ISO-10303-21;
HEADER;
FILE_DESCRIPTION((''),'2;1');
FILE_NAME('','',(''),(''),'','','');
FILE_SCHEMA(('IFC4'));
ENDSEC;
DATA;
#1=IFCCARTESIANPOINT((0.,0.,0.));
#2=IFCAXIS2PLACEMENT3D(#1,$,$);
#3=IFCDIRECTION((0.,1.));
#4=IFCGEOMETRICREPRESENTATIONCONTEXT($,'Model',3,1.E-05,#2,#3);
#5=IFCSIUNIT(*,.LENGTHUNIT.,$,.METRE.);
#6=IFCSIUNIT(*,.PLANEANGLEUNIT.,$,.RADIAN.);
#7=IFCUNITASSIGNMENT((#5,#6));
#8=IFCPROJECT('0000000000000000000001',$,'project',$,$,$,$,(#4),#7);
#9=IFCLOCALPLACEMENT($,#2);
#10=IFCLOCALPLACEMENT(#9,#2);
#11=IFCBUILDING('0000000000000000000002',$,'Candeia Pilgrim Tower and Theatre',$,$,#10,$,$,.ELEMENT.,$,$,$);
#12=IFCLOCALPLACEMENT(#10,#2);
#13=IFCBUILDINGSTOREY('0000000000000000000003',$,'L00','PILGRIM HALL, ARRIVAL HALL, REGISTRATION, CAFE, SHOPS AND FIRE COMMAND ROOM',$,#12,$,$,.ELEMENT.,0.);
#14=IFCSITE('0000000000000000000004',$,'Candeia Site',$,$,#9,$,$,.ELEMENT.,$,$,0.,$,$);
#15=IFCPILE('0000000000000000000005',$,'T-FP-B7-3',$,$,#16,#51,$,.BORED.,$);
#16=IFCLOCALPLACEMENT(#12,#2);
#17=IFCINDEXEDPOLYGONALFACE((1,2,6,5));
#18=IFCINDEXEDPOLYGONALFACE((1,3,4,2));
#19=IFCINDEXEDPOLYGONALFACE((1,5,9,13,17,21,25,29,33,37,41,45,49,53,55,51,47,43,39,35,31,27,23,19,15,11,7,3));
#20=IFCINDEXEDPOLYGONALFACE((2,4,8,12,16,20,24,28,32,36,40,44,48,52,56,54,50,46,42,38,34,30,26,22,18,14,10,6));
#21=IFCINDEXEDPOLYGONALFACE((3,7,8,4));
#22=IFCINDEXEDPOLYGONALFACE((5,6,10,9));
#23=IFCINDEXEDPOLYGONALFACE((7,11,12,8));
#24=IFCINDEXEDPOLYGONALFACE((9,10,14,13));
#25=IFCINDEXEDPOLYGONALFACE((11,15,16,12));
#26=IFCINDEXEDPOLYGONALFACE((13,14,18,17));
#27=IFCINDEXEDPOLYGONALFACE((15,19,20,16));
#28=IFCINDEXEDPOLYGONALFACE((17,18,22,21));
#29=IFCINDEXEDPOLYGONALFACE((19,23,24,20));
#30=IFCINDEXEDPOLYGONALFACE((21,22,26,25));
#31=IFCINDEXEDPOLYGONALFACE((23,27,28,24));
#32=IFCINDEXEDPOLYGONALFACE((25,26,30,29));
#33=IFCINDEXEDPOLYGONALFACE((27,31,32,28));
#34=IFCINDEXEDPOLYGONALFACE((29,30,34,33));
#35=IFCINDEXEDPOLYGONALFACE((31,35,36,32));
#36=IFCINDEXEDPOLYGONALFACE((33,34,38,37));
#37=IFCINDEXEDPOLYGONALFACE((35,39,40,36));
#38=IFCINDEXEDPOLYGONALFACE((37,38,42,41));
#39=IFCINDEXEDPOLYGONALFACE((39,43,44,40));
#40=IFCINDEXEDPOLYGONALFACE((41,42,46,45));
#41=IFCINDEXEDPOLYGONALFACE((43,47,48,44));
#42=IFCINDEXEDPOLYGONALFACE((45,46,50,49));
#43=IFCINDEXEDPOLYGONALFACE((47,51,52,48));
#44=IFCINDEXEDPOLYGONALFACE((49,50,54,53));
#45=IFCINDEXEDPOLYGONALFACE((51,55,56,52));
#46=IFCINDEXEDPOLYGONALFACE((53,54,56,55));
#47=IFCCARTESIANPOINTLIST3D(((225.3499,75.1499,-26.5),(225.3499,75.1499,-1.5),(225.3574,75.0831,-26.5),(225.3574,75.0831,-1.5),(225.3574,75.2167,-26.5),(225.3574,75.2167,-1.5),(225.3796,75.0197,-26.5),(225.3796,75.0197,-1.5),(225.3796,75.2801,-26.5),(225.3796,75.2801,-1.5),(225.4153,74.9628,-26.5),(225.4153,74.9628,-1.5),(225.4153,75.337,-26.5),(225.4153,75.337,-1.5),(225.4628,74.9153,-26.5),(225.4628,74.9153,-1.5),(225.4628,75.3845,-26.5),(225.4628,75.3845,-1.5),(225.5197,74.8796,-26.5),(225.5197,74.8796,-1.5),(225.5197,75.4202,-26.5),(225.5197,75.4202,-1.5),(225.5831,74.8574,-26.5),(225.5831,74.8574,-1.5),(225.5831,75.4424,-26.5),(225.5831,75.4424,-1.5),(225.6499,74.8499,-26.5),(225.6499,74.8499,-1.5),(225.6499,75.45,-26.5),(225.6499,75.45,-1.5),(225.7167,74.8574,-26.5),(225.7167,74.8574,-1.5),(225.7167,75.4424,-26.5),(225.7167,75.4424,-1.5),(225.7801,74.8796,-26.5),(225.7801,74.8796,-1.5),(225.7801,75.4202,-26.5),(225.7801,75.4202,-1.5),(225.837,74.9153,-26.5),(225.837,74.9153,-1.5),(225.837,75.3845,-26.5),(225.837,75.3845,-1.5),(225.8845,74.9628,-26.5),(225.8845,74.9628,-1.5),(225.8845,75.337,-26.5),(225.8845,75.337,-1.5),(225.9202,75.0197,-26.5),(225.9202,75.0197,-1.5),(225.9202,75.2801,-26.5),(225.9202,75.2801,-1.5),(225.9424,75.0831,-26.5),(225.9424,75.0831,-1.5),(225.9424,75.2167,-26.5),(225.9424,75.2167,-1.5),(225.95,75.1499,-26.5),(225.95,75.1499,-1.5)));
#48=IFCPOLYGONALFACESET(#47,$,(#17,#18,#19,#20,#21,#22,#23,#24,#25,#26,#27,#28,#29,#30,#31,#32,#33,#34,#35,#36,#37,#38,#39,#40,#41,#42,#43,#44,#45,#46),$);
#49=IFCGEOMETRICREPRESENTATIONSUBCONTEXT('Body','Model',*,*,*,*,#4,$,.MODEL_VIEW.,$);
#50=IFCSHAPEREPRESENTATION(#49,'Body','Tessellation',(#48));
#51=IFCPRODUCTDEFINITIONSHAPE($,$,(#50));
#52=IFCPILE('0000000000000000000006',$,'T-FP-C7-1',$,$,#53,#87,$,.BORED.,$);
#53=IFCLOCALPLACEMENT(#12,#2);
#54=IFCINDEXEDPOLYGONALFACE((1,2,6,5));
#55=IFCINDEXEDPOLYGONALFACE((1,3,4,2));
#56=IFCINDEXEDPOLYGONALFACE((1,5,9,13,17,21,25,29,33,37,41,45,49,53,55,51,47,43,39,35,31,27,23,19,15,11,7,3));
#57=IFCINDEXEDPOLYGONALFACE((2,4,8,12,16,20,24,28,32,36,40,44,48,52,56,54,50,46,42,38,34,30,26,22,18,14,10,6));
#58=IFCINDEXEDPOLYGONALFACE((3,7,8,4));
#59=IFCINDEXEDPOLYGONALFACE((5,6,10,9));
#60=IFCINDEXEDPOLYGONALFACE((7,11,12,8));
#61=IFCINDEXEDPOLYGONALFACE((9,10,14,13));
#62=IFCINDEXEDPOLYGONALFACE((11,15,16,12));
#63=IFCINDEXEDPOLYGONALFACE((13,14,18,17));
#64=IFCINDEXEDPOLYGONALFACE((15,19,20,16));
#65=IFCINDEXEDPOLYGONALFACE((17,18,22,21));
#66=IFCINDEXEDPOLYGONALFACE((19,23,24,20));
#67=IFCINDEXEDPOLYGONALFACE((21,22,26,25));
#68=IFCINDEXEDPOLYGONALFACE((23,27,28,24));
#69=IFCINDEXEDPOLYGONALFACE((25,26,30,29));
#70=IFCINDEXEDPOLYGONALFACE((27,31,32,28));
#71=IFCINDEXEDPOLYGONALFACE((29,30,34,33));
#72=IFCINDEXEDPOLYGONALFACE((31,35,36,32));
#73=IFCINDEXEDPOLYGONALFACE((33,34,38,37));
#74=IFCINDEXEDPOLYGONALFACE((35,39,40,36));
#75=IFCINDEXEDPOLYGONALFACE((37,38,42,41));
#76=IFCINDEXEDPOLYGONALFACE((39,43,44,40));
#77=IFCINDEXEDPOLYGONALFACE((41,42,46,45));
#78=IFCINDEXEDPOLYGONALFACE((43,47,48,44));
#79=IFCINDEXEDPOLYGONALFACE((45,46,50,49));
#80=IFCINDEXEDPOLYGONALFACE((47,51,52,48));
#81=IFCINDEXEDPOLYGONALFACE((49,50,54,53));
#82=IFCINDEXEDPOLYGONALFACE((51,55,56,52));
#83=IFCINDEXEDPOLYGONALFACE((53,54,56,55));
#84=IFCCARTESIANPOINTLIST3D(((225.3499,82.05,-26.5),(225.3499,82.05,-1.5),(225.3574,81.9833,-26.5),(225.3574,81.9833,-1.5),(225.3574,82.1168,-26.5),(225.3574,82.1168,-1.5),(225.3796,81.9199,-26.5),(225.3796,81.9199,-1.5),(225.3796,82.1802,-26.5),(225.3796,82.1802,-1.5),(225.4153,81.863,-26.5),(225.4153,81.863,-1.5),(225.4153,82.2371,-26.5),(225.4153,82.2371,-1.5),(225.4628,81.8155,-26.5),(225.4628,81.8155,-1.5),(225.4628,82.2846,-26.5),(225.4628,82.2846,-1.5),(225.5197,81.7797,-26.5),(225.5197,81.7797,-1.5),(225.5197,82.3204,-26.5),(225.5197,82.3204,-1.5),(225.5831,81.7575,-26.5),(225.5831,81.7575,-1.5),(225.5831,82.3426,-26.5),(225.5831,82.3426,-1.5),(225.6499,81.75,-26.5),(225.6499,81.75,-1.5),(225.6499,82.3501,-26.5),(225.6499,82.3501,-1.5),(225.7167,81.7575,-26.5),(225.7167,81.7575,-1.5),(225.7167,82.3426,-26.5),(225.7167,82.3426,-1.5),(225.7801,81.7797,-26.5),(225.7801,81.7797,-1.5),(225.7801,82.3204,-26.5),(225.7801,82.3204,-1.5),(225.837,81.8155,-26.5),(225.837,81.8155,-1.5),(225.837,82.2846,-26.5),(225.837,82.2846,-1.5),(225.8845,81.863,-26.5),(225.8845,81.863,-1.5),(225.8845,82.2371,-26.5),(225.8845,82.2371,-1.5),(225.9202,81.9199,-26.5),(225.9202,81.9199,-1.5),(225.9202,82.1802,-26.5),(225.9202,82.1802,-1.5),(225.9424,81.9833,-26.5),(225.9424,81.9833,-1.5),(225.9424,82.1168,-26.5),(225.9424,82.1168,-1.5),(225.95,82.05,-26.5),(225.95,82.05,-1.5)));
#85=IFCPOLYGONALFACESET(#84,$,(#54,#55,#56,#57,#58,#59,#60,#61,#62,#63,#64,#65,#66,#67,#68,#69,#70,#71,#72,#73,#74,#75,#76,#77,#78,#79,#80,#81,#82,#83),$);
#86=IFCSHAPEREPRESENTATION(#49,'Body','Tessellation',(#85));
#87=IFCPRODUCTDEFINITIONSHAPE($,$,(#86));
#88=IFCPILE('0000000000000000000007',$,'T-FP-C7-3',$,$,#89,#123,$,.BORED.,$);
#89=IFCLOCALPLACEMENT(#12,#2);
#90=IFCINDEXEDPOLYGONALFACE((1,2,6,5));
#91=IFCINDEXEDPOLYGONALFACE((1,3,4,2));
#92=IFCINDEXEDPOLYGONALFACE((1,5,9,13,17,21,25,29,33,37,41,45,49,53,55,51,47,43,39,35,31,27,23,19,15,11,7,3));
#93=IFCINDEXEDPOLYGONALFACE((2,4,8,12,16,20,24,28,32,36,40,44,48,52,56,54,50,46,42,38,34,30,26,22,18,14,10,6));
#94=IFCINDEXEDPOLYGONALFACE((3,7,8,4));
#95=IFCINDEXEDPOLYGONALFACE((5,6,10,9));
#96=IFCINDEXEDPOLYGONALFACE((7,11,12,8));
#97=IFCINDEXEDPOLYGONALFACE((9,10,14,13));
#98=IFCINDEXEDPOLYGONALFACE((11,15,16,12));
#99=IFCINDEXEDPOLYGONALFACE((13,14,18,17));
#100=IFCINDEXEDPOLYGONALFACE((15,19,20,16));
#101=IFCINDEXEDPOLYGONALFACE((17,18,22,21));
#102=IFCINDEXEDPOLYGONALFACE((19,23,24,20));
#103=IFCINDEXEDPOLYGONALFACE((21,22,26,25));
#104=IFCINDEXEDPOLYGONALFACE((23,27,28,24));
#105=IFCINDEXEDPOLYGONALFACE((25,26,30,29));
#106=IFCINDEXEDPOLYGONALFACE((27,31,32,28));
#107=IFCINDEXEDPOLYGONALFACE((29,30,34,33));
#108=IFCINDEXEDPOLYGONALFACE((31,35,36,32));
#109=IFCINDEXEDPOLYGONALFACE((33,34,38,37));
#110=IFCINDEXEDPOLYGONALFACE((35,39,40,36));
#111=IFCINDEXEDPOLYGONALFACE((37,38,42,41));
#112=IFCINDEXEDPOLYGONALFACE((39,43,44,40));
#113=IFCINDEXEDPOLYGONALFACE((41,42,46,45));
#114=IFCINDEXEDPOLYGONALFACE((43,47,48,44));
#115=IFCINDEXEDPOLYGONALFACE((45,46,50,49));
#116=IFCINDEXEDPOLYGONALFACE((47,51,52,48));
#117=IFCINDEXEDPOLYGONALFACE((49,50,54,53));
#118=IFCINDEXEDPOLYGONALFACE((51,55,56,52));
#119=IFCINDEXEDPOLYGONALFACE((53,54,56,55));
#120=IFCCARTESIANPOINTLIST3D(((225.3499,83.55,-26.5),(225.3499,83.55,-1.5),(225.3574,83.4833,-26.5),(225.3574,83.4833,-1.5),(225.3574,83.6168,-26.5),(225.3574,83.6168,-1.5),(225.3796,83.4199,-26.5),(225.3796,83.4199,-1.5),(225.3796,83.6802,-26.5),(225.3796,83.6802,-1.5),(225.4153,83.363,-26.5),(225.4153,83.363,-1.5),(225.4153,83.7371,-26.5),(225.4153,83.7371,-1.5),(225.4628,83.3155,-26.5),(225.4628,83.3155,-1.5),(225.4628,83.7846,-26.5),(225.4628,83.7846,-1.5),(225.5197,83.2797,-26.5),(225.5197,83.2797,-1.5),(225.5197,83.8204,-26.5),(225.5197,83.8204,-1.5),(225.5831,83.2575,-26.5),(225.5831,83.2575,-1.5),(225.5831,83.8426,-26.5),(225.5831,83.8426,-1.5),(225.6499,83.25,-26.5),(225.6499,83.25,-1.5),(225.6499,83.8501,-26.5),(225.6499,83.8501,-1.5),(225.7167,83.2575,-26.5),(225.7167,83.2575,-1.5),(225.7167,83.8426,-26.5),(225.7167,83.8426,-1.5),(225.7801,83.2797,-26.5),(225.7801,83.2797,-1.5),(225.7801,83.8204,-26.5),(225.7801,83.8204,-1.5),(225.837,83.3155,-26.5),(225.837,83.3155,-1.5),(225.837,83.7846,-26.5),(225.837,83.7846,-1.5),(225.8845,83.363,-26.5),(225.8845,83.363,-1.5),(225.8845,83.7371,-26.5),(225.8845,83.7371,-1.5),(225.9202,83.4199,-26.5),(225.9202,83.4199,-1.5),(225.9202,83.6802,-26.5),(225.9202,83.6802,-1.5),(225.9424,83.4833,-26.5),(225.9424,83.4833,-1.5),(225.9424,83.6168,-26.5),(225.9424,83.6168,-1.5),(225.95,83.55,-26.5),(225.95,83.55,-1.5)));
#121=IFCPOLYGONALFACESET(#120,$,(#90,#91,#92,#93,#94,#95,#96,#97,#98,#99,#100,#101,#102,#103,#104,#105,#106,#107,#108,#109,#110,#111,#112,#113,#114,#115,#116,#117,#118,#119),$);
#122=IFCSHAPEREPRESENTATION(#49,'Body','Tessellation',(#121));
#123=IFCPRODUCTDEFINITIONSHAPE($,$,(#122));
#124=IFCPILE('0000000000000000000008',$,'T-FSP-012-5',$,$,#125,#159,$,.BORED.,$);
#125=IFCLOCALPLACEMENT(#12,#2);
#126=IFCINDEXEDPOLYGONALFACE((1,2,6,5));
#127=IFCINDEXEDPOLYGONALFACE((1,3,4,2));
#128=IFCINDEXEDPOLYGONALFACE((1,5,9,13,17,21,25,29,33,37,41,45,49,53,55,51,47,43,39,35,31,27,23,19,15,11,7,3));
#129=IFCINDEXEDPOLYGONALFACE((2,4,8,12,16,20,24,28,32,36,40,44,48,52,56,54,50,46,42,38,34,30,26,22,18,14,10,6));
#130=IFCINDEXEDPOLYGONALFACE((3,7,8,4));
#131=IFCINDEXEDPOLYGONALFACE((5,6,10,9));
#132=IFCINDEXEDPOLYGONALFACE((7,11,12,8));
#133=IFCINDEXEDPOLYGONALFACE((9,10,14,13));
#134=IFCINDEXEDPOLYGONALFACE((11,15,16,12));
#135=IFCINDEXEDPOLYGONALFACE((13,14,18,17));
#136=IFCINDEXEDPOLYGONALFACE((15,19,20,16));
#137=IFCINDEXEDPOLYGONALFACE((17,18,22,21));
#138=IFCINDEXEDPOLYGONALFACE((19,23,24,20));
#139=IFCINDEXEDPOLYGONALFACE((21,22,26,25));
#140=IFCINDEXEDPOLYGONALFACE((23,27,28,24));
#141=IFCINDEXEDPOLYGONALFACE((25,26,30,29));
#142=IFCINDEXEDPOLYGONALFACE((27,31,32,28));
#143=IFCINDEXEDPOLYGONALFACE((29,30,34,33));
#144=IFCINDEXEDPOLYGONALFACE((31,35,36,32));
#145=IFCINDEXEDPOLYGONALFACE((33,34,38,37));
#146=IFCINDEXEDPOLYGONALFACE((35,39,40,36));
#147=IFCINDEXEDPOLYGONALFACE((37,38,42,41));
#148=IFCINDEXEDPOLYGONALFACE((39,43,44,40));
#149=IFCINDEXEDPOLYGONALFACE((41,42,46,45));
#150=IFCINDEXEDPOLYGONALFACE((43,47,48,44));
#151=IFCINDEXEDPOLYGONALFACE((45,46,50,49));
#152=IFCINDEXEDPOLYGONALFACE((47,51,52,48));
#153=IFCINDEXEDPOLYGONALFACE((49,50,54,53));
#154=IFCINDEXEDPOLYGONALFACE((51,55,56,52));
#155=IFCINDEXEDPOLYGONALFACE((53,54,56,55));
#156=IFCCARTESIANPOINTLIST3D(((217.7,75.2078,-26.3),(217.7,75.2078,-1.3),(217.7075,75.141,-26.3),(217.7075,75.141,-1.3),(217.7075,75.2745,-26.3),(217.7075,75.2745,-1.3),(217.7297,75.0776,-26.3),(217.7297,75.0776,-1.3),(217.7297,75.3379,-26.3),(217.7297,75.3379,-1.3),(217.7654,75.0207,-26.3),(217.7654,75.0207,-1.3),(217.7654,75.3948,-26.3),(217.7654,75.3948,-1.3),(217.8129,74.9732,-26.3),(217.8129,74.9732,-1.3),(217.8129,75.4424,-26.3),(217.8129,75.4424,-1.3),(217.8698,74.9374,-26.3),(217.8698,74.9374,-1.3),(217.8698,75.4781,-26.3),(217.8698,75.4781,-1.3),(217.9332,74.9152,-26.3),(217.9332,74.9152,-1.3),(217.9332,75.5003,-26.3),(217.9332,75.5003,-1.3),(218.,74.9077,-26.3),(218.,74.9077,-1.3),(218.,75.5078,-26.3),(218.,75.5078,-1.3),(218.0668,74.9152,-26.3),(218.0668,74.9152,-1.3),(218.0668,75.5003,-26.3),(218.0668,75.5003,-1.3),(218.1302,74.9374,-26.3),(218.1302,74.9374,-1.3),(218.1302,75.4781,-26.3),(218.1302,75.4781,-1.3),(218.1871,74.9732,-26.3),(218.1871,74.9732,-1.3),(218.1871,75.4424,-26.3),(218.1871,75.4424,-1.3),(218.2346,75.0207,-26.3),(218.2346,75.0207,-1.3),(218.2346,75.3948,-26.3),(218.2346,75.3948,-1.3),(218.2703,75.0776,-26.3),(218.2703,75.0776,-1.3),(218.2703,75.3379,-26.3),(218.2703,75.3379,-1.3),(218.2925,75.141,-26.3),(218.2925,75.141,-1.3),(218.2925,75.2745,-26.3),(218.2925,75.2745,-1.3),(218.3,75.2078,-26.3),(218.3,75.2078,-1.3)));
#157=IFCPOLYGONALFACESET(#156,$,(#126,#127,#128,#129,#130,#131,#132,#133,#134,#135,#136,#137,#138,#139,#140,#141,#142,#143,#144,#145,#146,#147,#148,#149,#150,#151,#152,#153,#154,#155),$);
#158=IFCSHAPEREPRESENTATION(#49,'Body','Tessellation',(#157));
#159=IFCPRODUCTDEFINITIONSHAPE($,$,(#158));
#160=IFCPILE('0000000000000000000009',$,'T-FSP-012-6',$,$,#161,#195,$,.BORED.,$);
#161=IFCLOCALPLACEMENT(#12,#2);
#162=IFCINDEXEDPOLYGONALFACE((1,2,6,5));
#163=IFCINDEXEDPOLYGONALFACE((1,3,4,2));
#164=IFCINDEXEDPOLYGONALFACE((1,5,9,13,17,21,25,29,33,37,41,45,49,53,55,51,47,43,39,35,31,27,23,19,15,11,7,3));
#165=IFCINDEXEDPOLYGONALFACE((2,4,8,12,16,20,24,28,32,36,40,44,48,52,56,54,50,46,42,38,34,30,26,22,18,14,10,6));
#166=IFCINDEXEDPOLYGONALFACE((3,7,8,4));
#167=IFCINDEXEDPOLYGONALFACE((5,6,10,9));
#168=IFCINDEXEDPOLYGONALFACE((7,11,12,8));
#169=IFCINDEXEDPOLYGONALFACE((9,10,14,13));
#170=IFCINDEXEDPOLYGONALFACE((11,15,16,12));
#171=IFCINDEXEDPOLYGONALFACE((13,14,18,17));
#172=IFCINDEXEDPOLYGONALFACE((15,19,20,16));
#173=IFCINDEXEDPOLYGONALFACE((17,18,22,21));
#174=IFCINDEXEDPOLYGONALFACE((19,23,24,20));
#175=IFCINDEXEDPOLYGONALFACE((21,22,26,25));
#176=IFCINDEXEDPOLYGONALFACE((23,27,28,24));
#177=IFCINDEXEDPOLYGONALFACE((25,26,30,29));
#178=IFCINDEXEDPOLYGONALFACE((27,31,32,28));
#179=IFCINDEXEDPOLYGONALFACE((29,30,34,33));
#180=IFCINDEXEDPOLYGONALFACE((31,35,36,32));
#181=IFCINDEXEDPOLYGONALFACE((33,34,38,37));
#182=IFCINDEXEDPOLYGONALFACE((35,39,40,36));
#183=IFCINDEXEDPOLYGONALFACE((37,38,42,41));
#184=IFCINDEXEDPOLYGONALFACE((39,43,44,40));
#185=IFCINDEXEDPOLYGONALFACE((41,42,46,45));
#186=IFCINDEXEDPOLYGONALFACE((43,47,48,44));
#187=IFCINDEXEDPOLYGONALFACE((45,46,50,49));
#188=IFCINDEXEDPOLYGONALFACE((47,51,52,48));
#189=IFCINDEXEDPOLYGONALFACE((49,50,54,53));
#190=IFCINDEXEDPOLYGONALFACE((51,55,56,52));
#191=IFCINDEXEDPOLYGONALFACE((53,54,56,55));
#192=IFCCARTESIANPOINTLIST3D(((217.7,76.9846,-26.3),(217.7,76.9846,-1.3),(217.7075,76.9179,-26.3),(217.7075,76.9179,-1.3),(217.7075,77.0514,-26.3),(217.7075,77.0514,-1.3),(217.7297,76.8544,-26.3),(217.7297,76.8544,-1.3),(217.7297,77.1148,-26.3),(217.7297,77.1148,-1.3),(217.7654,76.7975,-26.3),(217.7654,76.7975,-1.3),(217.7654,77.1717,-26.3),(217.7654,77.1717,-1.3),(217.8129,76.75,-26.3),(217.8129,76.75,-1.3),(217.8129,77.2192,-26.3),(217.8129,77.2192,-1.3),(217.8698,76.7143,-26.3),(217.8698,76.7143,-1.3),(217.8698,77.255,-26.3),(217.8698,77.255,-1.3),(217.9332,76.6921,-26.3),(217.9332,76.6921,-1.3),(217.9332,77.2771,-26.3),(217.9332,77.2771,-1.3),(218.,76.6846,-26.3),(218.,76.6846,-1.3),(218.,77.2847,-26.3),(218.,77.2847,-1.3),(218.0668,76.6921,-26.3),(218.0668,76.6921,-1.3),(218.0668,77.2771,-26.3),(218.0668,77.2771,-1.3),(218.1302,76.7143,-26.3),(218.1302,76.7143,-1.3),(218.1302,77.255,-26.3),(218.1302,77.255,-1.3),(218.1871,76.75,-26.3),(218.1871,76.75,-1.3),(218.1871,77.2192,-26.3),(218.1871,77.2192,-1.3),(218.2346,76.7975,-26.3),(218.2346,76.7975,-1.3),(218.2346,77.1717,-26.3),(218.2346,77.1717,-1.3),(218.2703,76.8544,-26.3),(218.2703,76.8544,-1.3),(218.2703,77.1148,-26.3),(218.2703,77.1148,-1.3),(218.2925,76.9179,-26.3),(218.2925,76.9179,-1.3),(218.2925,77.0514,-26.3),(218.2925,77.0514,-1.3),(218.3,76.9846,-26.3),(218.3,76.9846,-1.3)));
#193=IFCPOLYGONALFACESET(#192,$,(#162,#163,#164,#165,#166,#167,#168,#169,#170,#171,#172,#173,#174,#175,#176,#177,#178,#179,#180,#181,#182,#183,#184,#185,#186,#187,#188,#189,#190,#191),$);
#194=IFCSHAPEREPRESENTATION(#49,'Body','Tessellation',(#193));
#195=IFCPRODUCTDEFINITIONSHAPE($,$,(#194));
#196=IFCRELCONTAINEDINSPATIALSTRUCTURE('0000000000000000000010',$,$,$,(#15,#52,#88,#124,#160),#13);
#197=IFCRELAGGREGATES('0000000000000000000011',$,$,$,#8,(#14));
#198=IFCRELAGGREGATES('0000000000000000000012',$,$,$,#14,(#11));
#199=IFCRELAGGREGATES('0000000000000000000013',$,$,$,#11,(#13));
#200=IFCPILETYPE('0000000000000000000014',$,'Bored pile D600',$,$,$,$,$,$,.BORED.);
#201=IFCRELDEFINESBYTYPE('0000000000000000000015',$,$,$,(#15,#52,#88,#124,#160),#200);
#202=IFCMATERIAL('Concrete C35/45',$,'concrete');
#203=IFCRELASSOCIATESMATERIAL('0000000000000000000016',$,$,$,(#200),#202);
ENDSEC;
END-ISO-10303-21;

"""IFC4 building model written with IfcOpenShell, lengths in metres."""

from ifc_helpers import new_model, si_unit, direction, frame, origin, origin_2d, place, context, subcontext, project, spatial, circle, extrude, material, type_object, element, save


model = new_model("IFC4")

# Units and contexts
model_context = context("Model", 3, precision=1e-05, world=origin(), true_north=direction((0.0, 1.0)))
body_context = subcontext(model_context, "Body", "Model", "MODEL_VIEW")
ifc_project = project(units=[si_unit("LENGTHUNIT", "METRE"), si_unit("PLANEANGLEUNIT", "RADIAN")], contexts=[model_context])

# Site, building, storey
site_placement = place(None, origin())
site = spatial("IfcSite", under=ifc_project, at=site_placement, Name="Candeia Site", CompositionType="ELEMENT", RefElevation=0.0)
building_placement = place(site_placement, origin())
building = spatial("IfcBuilding", under=site, at=building_placement, Name="Candeia Pilgrim Tower and Theatre", CompositionType="ELEMENT")
storey_placement = place(building_placement, origin())
storey = spatial("IfcBuildingStorey", under=building, at=storey_placement, Name="L00", Description="PILGRIM HALL, ARRIVAL HALL, REGISTRATION, CAFE, SHOPS AND FIRE COMMAND ROOM", CompositionType="ELEMENT", Elevation=0.0)

# Piles
ifc_material_1 = material(Name="Concrete C35/45", Category="concrete")
pile_type = type_object("IfcPileType", Name="Bored pile D600", PredefinedType="BORED", material=ifc_material_1)
for number, where, z_axis, x_axis, name in (
    (1, (225.6499, 75.1499, -1.5), (0.0, 0.0, -1.0), (1.0, 0.0, 0.0), "T-FP-B7-3"),
    (2, (225.6499, 82.05, -1.5), (0.0, 0.0, -1.0), (1.0, 0.0, 0.0), "T-FP-C7-1"),
    (3, (225.6499, 83.55, -1.5), (0.0, 0.0, -1.0), (1.0, 0.0, 0.0), "T-FP-C7-3"),
    (4, (218.0, 75.2078, -1.3), (0.0, 0.0, -1.0), (1.0, 0.0, 0.0), "T-FSP-012-5"),
    (5, (218.0, 76.9846, -1.3), (0.0, 0.0, -1.0), (1.0, 0.0, 0.0), "T-FSP-012-6"),
):
    element("IfcPile", number, at=place(storey_placement, frame(where, z_axis=z_axis, x_axis=x_axis)), inside=storey, type_object=pile_type, Name=name, PredefinedType="BORED", context=body_context, shape_type="SweptSolid", body=[
        extrude(circle(Radius=0.3, at=origin_2d()), origin(), (0.0, 0.0, 1.0), 25.0),
    ])

save(model, "model.ifc")
